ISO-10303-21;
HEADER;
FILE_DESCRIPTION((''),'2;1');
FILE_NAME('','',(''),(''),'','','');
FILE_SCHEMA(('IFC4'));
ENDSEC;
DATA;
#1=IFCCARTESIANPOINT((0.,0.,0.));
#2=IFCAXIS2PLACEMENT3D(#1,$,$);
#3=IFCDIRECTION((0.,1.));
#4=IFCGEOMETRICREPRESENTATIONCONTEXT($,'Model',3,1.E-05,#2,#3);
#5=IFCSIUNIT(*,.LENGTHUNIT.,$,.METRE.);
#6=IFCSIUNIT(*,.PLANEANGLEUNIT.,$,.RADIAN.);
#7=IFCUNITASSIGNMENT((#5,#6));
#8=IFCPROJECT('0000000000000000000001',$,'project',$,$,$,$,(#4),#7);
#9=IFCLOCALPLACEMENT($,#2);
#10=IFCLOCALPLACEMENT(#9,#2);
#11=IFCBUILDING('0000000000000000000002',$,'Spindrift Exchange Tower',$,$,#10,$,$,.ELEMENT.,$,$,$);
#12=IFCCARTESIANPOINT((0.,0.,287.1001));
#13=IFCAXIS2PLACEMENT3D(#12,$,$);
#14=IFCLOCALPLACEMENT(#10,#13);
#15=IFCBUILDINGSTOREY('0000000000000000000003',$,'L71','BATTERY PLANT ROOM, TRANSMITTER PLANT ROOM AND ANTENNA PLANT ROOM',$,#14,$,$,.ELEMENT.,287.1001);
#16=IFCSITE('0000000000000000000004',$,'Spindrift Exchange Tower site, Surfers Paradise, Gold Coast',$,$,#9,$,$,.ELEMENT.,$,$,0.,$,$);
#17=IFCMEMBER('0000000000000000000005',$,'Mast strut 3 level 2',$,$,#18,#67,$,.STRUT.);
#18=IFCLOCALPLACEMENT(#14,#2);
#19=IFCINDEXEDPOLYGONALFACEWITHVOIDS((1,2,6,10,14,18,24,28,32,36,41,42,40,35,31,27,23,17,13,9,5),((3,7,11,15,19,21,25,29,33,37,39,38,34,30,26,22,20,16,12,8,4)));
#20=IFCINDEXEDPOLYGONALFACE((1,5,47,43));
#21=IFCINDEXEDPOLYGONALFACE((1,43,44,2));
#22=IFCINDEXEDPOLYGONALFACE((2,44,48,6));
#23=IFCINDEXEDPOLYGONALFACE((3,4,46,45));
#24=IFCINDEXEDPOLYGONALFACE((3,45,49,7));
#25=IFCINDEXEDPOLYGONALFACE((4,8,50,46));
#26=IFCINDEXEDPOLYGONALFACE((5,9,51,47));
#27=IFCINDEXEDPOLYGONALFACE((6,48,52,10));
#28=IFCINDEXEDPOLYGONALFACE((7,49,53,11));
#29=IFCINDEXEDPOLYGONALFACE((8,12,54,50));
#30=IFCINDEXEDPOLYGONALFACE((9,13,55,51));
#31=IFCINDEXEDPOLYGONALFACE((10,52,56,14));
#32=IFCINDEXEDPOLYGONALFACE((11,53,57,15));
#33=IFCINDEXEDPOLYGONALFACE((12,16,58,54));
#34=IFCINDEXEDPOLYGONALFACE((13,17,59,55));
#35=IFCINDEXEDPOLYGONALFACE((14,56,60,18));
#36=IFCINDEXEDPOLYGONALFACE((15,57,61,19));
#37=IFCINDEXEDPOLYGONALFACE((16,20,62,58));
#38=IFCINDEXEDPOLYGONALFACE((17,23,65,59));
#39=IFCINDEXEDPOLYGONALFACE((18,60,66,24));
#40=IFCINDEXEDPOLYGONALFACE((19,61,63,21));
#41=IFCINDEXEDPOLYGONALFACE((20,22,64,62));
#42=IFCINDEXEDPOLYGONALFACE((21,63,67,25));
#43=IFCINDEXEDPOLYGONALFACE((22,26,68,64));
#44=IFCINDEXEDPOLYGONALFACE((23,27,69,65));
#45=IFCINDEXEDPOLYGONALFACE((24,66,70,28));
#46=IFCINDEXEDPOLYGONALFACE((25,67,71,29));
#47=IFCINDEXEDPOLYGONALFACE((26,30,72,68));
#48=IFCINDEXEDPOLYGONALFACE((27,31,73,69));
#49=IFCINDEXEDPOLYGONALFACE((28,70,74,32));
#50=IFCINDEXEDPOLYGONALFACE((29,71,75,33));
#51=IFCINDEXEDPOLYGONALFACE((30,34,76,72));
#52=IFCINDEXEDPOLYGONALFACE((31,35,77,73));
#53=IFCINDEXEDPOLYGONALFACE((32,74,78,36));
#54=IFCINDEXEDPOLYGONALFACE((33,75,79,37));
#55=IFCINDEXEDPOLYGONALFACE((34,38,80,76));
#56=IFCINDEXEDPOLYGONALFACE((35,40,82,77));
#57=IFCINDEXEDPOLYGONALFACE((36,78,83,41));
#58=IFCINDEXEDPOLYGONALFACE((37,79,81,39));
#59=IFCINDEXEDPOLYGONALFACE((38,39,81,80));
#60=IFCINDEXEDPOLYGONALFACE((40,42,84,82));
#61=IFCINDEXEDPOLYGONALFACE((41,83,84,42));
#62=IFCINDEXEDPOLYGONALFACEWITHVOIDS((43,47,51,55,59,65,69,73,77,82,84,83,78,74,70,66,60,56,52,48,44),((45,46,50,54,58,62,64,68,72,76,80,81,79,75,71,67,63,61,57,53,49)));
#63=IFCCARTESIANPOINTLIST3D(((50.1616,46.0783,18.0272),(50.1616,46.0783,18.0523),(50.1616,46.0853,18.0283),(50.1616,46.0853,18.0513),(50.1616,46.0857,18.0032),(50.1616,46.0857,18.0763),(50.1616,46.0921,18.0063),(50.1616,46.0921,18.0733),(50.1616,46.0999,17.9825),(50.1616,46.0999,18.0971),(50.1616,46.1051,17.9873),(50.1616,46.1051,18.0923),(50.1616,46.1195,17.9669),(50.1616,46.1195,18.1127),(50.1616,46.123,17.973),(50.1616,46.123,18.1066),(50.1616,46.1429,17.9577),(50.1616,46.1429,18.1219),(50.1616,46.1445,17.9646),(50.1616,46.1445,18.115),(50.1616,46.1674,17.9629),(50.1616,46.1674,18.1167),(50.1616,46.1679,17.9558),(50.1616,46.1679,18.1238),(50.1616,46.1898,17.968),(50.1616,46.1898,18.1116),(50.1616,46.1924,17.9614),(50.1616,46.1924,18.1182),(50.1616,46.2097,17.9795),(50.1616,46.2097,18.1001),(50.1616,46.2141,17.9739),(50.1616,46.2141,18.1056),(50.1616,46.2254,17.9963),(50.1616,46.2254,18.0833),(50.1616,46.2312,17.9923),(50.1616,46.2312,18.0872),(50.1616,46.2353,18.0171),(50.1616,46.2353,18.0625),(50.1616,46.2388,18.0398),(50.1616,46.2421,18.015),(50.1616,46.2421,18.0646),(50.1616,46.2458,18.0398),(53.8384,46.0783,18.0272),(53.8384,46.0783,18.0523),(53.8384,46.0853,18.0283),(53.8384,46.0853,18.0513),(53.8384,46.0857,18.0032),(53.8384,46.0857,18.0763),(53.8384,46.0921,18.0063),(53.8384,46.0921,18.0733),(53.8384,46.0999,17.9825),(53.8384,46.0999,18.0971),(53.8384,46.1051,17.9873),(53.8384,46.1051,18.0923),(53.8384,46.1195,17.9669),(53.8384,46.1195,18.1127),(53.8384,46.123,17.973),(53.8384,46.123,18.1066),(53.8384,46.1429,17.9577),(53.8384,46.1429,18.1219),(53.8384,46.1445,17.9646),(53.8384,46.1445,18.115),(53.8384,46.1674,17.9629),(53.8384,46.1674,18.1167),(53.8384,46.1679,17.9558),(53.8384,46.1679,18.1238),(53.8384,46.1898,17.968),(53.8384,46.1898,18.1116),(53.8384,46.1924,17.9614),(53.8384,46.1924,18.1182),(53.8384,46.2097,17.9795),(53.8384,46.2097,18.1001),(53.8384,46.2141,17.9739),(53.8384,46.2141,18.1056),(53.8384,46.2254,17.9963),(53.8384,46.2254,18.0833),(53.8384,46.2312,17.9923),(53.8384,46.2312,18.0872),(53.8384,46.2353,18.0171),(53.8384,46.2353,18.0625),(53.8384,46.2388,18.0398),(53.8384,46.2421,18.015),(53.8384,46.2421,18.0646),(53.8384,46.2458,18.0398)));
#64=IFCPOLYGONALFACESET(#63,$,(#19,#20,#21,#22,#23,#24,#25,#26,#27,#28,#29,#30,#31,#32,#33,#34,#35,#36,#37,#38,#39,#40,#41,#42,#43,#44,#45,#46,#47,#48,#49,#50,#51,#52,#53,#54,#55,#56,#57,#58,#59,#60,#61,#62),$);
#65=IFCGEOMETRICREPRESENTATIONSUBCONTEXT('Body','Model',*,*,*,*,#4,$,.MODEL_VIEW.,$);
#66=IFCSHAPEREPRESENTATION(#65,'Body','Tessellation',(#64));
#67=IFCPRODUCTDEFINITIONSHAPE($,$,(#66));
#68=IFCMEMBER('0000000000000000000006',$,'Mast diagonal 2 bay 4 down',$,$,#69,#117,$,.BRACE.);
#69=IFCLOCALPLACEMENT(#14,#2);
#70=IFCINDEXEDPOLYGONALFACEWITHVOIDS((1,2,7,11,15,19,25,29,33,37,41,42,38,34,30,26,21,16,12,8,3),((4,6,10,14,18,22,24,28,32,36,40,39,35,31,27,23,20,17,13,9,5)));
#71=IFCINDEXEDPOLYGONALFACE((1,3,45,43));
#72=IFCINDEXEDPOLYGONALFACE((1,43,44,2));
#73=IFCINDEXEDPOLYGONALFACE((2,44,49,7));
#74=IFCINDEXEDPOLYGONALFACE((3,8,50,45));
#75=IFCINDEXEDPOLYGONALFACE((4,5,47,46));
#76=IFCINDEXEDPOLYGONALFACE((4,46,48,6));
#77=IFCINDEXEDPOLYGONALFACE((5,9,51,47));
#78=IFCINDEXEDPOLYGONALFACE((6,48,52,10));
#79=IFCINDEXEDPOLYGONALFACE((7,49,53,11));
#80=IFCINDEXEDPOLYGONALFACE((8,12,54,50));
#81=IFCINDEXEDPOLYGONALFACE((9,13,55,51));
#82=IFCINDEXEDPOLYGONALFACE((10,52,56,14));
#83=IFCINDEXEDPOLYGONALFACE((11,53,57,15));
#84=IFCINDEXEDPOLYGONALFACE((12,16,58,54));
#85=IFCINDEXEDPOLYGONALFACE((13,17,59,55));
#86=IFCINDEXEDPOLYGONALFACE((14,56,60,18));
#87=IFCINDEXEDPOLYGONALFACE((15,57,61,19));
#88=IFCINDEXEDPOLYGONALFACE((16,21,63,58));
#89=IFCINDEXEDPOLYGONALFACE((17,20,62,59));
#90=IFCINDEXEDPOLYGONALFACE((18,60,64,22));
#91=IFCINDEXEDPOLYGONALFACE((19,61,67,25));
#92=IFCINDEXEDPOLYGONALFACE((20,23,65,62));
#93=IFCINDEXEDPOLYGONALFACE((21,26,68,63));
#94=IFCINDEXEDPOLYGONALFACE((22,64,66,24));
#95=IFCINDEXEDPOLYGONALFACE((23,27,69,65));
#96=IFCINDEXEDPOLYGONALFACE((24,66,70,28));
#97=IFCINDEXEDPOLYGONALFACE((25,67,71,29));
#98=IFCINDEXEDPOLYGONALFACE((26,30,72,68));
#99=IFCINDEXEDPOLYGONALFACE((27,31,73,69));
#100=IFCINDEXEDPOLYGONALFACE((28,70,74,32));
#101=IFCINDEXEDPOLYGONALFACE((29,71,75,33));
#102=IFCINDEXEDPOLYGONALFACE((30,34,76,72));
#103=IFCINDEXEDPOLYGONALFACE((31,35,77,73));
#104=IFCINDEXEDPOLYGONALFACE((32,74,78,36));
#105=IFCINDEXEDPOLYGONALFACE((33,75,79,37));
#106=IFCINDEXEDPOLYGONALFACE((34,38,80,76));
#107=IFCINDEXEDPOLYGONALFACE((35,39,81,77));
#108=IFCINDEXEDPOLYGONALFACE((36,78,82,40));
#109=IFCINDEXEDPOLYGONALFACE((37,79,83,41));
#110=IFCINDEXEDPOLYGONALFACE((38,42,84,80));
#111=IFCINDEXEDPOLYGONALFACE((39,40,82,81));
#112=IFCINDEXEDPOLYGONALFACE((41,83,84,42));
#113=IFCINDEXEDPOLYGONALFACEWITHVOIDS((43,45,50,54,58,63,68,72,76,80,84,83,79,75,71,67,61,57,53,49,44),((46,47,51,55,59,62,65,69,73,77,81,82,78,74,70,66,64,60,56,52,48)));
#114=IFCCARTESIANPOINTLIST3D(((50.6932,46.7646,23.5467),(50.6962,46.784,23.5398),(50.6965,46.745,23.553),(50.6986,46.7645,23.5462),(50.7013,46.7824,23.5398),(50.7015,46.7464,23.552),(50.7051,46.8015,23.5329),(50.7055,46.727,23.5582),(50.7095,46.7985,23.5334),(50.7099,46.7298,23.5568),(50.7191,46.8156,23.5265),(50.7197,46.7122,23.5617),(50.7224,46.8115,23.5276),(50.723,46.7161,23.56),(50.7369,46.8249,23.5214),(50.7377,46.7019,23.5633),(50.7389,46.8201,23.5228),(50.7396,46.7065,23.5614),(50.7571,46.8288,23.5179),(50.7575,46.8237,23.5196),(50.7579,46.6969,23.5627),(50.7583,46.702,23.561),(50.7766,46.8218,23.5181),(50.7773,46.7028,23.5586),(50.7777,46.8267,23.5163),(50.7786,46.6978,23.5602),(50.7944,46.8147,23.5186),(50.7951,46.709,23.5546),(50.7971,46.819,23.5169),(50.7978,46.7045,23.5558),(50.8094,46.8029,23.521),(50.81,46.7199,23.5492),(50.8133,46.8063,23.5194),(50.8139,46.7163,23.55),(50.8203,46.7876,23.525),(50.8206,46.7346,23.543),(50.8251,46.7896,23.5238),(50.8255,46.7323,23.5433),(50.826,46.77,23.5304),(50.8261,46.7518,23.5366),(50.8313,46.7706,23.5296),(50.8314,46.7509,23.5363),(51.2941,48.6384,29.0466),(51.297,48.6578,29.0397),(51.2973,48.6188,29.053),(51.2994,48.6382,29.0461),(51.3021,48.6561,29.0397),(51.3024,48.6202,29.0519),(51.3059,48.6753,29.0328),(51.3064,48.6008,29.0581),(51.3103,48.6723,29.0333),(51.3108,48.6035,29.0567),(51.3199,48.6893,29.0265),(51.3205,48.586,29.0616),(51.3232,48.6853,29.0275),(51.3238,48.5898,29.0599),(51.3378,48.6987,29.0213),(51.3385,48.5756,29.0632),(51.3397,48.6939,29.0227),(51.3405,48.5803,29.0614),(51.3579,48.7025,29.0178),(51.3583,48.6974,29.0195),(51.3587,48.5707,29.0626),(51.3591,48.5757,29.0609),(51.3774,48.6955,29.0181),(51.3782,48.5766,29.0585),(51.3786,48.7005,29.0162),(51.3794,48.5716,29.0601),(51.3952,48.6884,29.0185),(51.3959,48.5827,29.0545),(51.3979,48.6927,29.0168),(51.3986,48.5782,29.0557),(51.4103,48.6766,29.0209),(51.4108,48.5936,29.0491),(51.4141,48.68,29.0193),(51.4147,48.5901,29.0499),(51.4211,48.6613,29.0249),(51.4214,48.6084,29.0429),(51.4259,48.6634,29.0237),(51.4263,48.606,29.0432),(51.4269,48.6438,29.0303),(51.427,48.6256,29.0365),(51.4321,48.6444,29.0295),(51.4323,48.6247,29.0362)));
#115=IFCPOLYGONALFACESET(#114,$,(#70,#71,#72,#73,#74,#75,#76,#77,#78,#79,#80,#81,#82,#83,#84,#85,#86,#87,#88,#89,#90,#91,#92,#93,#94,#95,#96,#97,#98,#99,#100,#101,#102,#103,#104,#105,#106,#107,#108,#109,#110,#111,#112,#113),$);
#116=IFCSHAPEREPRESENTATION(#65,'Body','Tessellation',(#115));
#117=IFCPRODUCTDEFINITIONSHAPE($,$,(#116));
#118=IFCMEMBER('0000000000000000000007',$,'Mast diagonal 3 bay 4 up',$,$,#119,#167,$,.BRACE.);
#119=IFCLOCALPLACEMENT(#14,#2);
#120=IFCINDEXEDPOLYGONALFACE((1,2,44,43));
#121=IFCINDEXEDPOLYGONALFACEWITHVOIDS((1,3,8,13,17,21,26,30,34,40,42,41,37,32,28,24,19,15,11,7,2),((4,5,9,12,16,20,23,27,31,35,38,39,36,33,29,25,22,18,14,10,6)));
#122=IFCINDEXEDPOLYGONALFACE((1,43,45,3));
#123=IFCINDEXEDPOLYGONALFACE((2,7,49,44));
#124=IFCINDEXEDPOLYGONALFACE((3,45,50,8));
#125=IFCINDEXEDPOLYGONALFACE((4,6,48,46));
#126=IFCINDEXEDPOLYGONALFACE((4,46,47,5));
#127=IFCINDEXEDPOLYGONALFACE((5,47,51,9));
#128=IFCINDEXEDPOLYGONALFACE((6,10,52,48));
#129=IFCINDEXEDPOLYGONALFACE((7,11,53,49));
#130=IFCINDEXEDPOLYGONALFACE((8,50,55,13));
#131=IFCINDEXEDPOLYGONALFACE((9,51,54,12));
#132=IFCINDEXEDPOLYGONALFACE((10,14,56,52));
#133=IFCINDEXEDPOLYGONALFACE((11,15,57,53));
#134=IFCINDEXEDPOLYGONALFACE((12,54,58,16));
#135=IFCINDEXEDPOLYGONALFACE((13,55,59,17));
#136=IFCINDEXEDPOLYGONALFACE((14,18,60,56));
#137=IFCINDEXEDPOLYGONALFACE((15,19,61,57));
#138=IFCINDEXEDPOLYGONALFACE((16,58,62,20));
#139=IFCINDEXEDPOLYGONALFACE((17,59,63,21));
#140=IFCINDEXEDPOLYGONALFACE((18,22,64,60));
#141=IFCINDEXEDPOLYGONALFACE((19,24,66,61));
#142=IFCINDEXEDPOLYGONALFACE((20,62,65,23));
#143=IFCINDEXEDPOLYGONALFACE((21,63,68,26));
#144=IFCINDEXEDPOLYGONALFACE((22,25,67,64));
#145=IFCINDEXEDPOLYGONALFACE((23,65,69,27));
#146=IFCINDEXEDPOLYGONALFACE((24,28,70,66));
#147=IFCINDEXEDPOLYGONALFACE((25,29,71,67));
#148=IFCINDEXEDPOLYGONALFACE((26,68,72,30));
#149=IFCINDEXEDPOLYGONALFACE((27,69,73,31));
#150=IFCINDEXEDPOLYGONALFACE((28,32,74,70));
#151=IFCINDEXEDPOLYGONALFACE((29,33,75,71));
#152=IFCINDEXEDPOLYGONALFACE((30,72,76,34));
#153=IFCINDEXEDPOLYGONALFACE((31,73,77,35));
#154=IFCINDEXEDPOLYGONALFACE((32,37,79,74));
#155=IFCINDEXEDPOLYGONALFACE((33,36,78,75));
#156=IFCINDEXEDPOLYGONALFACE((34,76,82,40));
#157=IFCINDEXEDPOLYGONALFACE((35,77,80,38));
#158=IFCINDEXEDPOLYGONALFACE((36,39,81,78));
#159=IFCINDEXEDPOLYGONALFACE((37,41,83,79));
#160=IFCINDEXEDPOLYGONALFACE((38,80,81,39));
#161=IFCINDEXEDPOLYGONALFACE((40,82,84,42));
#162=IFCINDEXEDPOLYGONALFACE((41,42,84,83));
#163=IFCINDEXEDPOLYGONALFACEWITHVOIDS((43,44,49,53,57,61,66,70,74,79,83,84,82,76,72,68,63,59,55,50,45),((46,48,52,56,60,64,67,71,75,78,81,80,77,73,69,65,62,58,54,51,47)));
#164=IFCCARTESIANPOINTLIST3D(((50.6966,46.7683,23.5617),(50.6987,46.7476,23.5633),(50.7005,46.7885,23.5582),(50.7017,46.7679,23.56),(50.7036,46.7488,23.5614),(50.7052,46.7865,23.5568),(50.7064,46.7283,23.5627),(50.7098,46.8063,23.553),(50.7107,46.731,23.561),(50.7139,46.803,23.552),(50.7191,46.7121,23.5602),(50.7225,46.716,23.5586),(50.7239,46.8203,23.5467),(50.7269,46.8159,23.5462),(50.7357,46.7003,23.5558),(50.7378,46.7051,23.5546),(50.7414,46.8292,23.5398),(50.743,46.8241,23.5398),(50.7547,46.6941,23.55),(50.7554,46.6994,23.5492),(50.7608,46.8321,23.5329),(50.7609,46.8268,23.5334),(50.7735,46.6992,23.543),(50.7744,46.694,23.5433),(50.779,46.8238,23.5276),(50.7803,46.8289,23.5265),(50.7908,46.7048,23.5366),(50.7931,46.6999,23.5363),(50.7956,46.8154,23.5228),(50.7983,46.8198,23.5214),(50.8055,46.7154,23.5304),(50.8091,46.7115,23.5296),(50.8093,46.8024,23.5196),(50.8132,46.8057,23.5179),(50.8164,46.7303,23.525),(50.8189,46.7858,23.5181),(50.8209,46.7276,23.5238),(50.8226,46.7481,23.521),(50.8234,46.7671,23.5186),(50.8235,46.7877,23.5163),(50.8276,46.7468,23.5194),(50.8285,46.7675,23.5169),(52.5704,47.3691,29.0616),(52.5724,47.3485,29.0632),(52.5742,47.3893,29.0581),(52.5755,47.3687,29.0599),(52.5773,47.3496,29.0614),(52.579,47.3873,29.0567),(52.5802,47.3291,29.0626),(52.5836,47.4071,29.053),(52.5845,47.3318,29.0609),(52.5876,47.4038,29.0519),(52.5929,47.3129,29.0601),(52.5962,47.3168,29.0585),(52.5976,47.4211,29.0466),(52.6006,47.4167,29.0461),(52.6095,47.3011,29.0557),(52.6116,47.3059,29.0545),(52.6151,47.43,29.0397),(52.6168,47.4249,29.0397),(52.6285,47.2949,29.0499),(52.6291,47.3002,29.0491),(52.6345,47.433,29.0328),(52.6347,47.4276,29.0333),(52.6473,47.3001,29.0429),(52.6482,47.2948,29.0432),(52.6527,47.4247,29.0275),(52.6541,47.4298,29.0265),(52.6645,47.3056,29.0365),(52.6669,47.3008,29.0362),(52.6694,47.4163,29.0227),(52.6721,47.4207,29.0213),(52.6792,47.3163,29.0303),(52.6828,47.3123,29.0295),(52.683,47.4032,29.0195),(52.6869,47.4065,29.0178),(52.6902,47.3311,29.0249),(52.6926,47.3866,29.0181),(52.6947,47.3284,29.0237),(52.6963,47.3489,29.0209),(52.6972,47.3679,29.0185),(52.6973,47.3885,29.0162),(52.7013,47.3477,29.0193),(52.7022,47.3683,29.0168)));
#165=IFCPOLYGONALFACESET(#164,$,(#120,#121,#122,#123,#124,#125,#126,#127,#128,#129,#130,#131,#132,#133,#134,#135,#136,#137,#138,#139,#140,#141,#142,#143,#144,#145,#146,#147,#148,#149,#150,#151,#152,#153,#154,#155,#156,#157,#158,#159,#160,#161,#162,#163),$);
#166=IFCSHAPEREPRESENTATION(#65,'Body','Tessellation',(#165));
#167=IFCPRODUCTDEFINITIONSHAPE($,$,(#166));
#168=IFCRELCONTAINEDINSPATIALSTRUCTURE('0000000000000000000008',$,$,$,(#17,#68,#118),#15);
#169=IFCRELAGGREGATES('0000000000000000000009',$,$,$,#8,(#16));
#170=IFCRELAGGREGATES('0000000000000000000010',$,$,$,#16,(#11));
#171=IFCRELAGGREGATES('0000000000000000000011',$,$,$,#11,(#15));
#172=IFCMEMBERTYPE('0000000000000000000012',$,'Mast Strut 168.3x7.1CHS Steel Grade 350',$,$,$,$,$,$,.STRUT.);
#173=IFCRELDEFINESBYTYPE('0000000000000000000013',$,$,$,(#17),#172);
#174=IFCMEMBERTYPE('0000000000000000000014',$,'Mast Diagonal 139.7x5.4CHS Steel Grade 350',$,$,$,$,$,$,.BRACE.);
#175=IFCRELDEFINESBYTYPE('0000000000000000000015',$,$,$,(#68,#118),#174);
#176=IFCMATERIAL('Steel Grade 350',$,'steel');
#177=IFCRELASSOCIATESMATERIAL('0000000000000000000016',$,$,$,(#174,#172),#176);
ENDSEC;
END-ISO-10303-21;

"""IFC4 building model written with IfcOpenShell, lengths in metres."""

from ifc_helpers import new_model, si_unit, direction, frame, origin, origin_2d, place, context, subcontext, project, spatial, hollow_circle, extrude, source, transform, mapped, material, material_profile, profile_set, type_object, element, save


model = new_model("IFC4")

# Units and contexts
model_context = context("Model", 3, precision=1e-05, world=origin(), true_north=direction((0.0, 1.0)))
body_context = subcontext(model_context, "Body", "Model", "MODEL_VIEW")
ifc_project = project(units=[si_unit("LENGTHUNIT", "METRE"), si_unit("PLANEANGLEUNIT", "RADIAN")], contexts=[model_context])

# Site, building, storey
site_placement = place(None, origin())
site = spatial("IfcSite", under=ifc_project, at=site_placement, Name="Spindrift Exchange Tower site, Surfers Paradise, Gold Coast", CompositionType="ELEMENT", RefElevation=0.0)
building_placement = place(site_placement, origin())
building = spatial("IfcBuilding", under=site, at=building_placement, Name="Spindrift Exchange Tower", CompositionType="ELEMENT")
storey_placement = place(building_placement, frame((0.0, 0.0, 287.1001)))
storey = spatial("IfcBuildingStorey", under=building, at=storey_placement, Name="L71", Description="BATTERY PLANT ROOM, TRANSMITTER PLANT ROOM AND ANTENNA PLANT ROOM", CompositionType="ELEMENT", Elevation=287.1001)

# Members
ifc_material_1 = material(Name="Steel Grade 350", Category="steel")
ifc_material_profile_1 = material_profile(ifc_material_1, hollow_circle(Radius=0.0698, WallThickness=0.0054, at=origin_2d()), Name="139.7x5.4CHS")
ifc_profile_set_1 = profile_set([ifc_material_profile_1], Name="Steel Grade 350")
member_type_1 = type_object("IfcMemberType", Name="Mast Diagonal 139.7x5.4CHS Steel Grade 350", PredefinedType="BRACE", material=ifc_profile_set_1)
ifc_material_profile_2 = material_profile(ifc_material_1, hollow_circle(Radius=0.0842, WallThickness=0.0071, at=origin_2d()), Name="168.3x7.1CHS")
ifc_profile_set_2 = profile_set([ifc_material_profile_2], Name="Steel Grade 350")
member_type_2 = type_object("IfcMemberType", Name="Mast Strut 168.3x7.1CHS Steel Grade 350", PredefinedType="STRUT", material=ifc_profile_set_2)
shared_shape_1 = source(origin(), body_context, "Body", "SweptSolid", [
    extrude(hollow_circle(Radius=0.0842, WallThickness=0.0071, at=origin_2d()), origin(), (0.0, 0.0, 1.0), 3.6768),
])
member_1_placement = place(storey_placement, frame((50.1616, 46.1616, 18.0398), z_axis=(1.0, 0.0, 0.0), x_axis=(0.0, 1.0, 0.0)))
element("IfcMember", 1, at=member_1_placement, inside=storey, type_object=member_type_2, Name="Mast strut 3 level 2", PredefinedType="STRUT", context=body_context, shape_type="MappedRepresentation", body=[
    mapped(shared_shape_1, transform((0.0, 0.0, 0.0), scale=1.0)),
])
shared_shape_2 = source(origin(), body_context, "Body", "SweptSolid", [
    extrude(hollow_circle(Radius=0.0698, WallThickness=0.0054, at=origin_2d()), origin(), (0.0, 0.0, 1.0), 5.8413),
])
for number, where, z_axis, x_axis, name in (
    (2, (50.7627, 46.7627, 23.5398), (0.102857, 0.320775, 0.941554), (-0.952244, 0.305338, 0.0), "Mast diagonal 2 bay 4 down"),
    (3, (50.7627, 46.7627, 23.5398), (0.320775, 0.102857, 0.941554), (-0.305338, 0.952244, 0.0), "Mast diagonal 3 bay 4 up"),
):
    element("IfcMember", number, at=place(storey_placement, frame(where, z_axis=z_axis, x_axis=x_axis)), inside=storey, type_object=member_type_1, Name=name, PredefinedType="BRACE", context=body_context, shape_type="MappedRepresentation", body=[
        mapped(shared_shape_2, transform((0.0, 0.0, 0.0), scale=1.0)),
    ])

save(model, "model.ifc")
